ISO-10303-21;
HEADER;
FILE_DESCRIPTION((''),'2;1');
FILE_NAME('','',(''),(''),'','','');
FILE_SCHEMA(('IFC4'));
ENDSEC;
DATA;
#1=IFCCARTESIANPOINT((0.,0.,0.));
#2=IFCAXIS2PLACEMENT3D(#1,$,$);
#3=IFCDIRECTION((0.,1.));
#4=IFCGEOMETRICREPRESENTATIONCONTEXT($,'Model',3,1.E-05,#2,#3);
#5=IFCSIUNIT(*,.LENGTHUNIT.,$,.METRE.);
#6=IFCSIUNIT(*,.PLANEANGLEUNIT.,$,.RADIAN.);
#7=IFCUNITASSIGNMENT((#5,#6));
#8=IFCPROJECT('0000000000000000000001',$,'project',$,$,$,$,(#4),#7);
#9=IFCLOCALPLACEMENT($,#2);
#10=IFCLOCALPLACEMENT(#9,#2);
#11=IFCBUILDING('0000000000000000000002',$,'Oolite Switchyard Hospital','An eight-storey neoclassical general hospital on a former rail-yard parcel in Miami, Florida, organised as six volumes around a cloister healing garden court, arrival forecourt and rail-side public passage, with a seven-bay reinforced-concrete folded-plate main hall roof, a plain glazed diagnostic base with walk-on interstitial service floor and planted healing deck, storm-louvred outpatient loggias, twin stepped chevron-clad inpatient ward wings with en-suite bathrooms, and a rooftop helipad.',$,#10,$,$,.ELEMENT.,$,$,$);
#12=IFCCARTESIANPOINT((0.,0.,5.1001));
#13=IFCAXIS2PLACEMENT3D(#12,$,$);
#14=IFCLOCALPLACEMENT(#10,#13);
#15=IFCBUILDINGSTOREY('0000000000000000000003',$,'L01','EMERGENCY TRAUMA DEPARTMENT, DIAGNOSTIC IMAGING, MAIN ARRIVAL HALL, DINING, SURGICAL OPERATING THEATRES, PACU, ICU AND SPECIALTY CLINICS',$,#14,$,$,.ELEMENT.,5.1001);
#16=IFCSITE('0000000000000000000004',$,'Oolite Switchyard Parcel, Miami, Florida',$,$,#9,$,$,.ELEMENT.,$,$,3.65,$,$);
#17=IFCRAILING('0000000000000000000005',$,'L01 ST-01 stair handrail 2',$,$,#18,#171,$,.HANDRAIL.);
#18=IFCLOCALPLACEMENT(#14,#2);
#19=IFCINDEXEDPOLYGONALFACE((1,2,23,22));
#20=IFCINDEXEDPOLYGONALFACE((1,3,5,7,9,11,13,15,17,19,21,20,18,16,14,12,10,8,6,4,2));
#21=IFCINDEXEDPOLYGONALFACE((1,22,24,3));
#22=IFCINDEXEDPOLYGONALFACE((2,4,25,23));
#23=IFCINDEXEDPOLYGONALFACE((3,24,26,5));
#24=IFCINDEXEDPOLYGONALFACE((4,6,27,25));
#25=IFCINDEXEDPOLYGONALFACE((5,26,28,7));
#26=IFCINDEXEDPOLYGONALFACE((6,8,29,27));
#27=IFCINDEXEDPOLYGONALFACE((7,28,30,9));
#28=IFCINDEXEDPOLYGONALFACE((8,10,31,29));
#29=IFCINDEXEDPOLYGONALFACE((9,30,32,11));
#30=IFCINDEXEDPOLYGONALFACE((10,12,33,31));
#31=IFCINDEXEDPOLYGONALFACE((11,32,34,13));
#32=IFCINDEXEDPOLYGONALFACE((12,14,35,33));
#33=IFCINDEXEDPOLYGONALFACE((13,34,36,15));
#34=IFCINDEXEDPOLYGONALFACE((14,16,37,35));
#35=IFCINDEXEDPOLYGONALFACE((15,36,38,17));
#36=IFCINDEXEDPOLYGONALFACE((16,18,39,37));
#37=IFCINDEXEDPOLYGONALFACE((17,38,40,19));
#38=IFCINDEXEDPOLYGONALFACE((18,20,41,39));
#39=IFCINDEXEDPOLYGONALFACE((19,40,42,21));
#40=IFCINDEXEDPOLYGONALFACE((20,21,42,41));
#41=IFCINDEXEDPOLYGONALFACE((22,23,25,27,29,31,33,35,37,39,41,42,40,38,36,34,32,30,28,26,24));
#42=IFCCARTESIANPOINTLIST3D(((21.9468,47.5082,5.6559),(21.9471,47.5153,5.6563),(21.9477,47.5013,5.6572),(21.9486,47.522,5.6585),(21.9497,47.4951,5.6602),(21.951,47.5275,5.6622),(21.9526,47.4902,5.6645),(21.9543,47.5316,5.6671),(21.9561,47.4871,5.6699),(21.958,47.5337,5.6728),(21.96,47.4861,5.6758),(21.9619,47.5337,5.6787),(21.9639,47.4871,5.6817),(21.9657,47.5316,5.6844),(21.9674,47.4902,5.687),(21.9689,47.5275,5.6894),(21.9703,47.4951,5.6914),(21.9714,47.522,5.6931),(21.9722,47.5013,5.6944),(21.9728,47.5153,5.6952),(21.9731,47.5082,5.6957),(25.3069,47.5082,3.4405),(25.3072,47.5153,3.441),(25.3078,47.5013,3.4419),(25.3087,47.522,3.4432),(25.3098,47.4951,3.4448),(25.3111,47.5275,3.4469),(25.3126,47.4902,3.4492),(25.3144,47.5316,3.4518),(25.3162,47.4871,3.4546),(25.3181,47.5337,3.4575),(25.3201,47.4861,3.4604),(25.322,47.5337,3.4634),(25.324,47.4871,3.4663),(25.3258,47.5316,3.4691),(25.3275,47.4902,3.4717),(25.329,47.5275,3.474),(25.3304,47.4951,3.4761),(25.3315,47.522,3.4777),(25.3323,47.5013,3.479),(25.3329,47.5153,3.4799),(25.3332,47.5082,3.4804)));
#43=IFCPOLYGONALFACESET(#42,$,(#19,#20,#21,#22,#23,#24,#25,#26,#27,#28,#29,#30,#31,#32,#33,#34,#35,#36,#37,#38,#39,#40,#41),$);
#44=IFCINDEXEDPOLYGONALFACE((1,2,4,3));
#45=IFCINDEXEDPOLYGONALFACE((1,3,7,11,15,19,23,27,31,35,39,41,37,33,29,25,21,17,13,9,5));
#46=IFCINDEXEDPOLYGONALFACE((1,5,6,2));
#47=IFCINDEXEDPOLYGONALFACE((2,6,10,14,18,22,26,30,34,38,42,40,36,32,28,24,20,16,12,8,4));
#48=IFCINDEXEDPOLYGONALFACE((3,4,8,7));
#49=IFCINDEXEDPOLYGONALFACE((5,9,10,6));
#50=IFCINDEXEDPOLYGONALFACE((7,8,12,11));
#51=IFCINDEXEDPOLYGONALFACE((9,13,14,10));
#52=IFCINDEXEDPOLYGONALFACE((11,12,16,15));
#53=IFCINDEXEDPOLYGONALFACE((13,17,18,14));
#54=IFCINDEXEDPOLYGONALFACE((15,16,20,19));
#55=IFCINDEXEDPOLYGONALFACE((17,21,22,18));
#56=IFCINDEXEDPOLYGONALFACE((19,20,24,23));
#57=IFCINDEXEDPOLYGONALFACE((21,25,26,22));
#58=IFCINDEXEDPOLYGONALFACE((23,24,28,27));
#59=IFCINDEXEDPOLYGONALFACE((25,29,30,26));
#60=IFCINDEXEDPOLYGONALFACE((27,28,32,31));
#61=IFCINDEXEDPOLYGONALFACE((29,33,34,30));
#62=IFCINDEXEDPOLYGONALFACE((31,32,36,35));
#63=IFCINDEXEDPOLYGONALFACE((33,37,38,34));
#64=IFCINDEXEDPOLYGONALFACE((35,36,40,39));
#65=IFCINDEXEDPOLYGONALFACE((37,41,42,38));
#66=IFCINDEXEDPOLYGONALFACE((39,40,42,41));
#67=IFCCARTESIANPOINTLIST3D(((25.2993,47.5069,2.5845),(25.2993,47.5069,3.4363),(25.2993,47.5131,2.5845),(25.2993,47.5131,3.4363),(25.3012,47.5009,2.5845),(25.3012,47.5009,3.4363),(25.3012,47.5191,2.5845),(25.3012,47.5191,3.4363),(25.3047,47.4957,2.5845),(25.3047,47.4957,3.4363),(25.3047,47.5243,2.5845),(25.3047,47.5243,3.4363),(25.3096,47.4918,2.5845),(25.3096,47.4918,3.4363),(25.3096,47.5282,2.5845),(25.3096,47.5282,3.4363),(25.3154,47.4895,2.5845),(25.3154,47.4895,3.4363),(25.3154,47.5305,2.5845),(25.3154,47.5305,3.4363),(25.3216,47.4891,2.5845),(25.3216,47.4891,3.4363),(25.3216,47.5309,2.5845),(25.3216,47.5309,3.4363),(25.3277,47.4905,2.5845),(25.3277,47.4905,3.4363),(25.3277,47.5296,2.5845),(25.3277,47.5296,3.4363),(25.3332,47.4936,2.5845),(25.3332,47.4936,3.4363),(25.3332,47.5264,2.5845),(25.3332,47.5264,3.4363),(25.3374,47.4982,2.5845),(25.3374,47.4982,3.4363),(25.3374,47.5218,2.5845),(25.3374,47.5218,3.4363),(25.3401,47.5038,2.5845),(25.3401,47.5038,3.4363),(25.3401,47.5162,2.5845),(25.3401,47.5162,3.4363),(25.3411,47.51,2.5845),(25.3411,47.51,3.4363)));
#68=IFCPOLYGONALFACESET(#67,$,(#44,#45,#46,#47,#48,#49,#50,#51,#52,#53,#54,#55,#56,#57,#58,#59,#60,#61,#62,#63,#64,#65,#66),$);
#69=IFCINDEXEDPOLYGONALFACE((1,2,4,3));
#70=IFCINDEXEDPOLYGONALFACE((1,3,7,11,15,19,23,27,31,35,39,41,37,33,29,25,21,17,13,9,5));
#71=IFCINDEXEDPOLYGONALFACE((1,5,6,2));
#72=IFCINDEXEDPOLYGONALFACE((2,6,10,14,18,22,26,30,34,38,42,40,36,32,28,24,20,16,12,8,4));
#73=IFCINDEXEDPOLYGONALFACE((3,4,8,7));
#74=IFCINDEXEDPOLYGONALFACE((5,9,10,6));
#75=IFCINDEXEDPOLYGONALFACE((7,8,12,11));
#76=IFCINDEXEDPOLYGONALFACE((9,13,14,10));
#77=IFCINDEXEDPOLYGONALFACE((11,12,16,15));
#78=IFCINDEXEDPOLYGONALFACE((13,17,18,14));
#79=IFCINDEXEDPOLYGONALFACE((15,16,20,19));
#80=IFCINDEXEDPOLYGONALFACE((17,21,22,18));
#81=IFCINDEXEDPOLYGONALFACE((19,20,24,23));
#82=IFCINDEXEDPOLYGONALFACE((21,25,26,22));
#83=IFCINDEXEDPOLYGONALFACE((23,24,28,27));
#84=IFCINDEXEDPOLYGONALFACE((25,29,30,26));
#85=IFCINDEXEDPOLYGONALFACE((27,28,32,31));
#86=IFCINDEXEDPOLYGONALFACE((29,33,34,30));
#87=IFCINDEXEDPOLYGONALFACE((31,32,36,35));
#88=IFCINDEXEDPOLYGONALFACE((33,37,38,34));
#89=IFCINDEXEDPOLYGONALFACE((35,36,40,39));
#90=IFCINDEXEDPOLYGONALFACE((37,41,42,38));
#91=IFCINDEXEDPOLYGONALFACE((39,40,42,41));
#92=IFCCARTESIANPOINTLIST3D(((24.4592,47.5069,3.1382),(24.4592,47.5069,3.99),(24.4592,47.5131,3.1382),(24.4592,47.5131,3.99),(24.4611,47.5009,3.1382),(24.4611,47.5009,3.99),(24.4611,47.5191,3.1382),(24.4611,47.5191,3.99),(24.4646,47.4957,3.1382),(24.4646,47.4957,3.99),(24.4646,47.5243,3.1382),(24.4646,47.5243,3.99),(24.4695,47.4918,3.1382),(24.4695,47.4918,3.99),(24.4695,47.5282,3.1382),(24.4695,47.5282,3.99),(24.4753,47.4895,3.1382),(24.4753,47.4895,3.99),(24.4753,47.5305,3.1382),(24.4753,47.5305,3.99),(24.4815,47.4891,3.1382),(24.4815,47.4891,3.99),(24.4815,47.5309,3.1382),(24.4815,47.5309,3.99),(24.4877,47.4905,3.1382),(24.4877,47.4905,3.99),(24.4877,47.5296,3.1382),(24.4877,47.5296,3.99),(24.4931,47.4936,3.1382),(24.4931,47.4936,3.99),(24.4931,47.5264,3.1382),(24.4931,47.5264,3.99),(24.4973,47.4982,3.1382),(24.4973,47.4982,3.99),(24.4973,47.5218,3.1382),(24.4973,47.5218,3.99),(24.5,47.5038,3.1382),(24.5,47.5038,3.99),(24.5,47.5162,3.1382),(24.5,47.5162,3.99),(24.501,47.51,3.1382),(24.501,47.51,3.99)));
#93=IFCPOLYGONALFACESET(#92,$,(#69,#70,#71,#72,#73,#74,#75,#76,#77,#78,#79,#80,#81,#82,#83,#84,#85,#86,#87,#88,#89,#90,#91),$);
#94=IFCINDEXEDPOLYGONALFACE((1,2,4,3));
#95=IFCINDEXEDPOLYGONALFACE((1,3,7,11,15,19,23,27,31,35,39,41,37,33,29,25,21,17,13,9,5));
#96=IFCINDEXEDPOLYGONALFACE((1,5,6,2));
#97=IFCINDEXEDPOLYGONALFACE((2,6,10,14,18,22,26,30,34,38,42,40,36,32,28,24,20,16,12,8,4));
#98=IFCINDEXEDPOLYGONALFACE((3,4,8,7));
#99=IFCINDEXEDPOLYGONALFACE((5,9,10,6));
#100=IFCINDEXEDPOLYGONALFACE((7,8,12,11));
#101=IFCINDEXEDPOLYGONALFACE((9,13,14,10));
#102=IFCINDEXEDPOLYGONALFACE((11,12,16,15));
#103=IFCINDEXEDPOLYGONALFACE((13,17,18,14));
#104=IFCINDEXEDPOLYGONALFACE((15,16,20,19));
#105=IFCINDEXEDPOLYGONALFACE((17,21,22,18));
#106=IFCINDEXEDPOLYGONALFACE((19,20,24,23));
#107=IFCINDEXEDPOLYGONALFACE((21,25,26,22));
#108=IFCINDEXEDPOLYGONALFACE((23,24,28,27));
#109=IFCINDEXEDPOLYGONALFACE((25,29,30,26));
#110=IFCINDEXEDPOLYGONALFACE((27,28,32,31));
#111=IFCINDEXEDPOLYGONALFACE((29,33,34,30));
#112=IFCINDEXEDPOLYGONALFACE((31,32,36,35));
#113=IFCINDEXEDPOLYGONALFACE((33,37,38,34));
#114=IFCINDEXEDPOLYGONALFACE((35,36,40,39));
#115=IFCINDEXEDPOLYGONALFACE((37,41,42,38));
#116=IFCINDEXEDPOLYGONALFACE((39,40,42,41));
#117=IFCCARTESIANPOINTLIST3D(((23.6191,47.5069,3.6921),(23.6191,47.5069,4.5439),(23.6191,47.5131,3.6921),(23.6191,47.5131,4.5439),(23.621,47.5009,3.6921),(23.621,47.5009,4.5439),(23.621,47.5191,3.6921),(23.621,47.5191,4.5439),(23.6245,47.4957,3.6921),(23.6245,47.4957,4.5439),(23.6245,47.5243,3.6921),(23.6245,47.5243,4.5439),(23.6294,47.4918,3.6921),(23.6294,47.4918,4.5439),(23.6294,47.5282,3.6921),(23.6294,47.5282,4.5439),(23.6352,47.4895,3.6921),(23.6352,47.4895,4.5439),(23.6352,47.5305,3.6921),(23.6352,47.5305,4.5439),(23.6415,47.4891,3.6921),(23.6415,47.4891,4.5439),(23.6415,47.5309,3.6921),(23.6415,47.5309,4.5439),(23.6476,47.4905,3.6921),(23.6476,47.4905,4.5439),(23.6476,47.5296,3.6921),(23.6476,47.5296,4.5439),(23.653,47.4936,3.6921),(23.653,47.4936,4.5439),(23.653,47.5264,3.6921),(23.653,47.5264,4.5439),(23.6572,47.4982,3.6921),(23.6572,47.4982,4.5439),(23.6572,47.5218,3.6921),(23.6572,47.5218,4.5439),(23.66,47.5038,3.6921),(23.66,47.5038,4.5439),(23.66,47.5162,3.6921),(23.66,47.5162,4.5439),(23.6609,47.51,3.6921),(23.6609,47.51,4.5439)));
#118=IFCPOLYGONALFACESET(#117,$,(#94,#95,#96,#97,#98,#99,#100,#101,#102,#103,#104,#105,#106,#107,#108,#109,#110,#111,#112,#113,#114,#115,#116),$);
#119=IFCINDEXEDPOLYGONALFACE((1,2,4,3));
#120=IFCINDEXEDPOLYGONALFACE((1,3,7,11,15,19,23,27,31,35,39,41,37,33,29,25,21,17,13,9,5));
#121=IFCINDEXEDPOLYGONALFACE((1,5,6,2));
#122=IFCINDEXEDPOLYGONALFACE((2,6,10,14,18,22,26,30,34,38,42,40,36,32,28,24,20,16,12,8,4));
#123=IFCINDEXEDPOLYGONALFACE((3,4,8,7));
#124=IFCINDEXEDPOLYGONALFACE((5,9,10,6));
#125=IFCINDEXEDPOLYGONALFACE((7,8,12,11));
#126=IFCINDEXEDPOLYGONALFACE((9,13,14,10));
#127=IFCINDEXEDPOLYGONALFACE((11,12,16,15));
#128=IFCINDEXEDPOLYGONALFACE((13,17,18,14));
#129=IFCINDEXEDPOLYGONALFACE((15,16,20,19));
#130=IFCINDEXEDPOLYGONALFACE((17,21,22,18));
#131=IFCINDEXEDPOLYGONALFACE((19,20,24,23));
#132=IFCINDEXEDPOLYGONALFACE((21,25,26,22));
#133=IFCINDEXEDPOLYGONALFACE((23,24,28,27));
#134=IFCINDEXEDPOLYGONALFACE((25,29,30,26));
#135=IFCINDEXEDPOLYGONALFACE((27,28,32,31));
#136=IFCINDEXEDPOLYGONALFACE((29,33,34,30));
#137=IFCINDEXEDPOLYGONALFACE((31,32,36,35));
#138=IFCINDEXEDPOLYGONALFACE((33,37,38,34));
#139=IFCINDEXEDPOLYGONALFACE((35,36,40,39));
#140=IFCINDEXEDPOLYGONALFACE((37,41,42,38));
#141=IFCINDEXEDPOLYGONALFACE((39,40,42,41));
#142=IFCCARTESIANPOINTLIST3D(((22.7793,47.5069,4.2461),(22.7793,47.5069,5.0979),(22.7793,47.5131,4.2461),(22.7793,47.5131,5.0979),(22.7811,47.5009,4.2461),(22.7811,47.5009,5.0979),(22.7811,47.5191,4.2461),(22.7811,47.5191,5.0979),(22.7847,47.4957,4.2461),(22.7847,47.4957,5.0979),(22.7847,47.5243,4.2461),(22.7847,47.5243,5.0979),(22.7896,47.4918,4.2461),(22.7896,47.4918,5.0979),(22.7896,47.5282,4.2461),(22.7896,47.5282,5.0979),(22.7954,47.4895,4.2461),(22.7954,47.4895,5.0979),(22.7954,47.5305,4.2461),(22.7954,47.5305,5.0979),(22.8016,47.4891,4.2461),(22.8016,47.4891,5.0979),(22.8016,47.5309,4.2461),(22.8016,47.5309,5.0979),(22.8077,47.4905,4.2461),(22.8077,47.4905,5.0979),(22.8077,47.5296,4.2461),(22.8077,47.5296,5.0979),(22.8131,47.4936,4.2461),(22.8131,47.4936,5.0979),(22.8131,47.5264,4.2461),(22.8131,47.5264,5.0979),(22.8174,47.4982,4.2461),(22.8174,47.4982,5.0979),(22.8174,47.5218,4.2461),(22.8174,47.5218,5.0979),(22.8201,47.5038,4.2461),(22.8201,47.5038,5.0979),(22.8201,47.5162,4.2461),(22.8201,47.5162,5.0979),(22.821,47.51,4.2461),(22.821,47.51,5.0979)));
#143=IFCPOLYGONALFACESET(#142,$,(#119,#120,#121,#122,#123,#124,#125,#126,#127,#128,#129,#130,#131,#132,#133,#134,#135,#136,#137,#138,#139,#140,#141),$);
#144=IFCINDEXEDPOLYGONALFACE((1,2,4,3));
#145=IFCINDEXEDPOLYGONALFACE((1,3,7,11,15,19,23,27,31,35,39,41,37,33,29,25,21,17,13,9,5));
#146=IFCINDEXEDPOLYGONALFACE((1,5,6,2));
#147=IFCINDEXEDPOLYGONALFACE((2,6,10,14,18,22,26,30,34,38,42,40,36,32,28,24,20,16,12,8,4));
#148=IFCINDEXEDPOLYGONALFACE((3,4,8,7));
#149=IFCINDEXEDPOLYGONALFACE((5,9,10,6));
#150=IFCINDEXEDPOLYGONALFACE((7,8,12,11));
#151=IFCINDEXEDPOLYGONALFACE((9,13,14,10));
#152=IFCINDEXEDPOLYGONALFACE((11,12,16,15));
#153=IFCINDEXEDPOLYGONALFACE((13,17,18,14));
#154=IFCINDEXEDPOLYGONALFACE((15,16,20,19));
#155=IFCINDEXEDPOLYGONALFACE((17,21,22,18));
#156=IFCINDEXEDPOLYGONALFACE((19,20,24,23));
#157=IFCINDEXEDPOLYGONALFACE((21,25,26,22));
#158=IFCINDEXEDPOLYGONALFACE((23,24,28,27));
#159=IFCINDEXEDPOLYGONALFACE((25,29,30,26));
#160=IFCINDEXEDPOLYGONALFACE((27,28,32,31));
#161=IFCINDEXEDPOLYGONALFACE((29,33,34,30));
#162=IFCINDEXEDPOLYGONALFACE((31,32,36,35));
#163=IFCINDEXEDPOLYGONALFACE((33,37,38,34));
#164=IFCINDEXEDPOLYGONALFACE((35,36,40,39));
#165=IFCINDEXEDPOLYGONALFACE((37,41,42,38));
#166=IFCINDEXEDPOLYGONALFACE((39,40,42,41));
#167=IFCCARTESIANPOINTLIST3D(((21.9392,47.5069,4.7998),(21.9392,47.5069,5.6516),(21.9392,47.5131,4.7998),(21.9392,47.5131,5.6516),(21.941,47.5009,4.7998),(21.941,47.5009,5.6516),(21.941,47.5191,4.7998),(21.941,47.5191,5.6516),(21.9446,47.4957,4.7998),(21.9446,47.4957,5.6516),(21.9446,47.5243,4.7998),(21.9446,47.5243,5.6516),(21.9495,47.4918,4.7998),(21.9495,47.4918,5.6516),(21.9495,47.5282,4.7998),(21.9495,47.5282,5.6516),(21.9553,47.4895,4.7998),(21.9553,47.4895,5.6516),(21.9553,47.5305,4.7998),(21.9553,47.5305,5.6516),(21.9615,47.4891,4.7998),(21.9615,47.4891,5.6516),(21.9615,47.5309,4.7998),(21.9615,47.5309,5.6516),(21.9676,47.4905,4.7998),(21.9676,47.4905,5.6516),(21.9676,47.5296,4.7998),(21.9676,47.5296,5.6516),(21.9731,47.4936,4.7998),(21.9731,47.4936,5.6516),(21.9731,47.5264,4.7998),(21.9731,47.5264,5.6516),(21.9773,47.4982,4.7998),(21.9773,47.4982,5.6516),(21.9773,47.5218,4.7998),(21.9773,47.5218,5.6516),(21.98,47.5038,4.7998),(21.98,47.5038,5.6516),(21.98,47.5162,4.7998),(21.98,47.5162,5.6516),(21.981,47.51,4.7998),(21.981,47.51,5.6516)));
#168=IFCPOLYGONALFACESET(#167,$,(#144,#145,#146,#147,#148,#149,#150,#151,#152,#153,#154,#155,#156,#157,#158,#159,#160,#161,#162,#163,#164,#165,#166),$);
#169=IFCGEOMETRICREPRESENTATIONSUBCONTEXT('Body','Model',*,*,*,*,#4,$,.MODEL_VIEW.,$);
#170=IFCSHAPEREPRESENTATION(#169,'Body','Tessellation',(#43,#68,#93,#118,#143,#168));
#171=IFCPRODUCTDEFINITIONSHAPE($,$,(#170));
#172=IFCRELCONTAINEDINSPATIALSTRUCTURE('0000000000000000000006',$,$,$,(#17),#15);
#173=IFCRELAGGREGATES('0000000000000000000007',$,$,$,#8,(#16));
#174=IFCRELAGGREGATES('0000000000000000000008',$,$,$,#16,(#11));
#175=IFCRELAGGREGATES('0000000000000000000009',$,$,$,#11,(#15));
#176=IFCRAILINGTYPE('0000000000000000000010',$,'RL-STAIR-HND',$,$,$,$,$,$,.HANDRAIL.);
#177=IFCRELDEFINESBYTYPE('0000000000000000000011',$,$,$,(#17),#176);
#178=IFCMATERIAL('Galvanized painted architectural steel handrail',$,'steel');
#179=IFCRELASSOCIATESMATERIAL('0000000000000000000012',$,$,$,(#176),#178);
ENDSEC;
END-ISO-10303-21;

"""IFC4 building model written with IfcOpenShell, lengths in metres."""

from ifc_helpers import new_model, si_unit, direction, frame, origin, origin_2d, place, context, subcontext, project, spatial, circle, extrude, material, type_object, element, save


model = new_model("IFC4")

# Units and contexts
model_context = context("Model", 3, precision=1e-05, world=origin(), true_north=direction((0.0, 1.0)))
body_context = subcontext(model_context, "Body", "Model", "MODEL_VIEW")
ifc_project = project(units=[si_unit("LENGTHUNIT", "METRE"), si_unit("PLANEANGLEUNIT", "RADIAN")], contexts=[model_context])

# Site, building, storey
site_placement = place(None, origin())
site = spatial("IfcSite", under=ifc_project, at=site_placement, Name="Oolite Switchyard Parcel, Miami, Florida", CompositionType="ELEMENT", RefElevation=3.65)
building_placement = place(site_placement, origin())
building = spatial("IfcBuilding", under=site, at=building_placement, Name="Oolite Switchyard Hospital", Description="An eight-storey neoclassical general hospital on a former rail-yard parcel in Miami, Florida, organised as six volumes around a cloister healing garden court, arrival forecourt and rail-side public passage, with a seven-bay reinforced-concrete folded-plate main hall roof, a plain glazed diagnostic base with walk-on interstitial service floor and planted healing deck, storm-louvred outpatient loggias, twin stepped chevron-clad inpatient ward wings with en-suite bathrooms, and a rooftop helipad.", CompositionType="ELEMENT")
storey_placement = place(building_placement, frame((0.0, 0.0, 5.1001)))
storey = spatial("IfcBuildingStorey", under=building, at=storey_placement, Name="L01", Description="EMERGENCY TRAUMA DEPARTMENT, DIAGNOSTIC IMAGING, MAIN ARRIVAL HALL, DINING, SURGICAL OPERATING THEATRES, PACU, ICU AND SPECIALTY CLINICS", CompositionType="ELEMENT", Elevation=5.1001)

# Railing
ifc_material_1 = material(Name="Galvanized painted architectural steel handrail", Category="steel")
railing_type_1 = type_object("IfcRailingType", Name="RL-STAIR-HND", PredefinedType="HANDRAIL", material=ifc_material_1)
railing_1_placement = place(storey_placement, frame((25.3201, 47.51, 2.5845)))
element("IfcRailing", 1, at=railing_1_placement, inside=storey, type_object=railing_type_1, Name="L01 ST-01 stair handrail 2", PredefinedType="HANDRAIL", context=body_context, shape_type="SweptSolid", body=[
    extrude(circle(Radius=0.0239, at=origin_2d()), frame((0.0, 0.0, 0.876), z_axis=(-0.834876, 0.0, 0.550437), x_axis=(0.0, -1.0, 0.0)), (0.0, 0.0, 1.0), 4.0247),
    extrude(circle(Radius=0.021, at=origin_2d()), origin(), (0.0, 0.0, 1.0), 0.8518),
    extrude(circle(Radius=0.021, at=origin_2d()), frame((-0.8401, 0.0, 0.5537)), (0.0, 0.0, 1.0), 0.8518),
    extrude(circle(Radius=0.021, at=origin_2d()), frame((-1.6802, 0.0, 1.1077)), (0.0, 0.0, 1.0), 0.8518),
    extrude(circle(Radius=0.021, at=origin_2d()), frame((-2.52, 0.0, 1.6616)), (0.0, 0.0, 1.0), 0.8518),
    extrude(circle(Radius=0.021, at=origin_2d()), frame((-3.3601, 0.0, 2.2153)), (0.0, 0.0, 1.0), 0.8518),
])

save(model, "model.ifc")
